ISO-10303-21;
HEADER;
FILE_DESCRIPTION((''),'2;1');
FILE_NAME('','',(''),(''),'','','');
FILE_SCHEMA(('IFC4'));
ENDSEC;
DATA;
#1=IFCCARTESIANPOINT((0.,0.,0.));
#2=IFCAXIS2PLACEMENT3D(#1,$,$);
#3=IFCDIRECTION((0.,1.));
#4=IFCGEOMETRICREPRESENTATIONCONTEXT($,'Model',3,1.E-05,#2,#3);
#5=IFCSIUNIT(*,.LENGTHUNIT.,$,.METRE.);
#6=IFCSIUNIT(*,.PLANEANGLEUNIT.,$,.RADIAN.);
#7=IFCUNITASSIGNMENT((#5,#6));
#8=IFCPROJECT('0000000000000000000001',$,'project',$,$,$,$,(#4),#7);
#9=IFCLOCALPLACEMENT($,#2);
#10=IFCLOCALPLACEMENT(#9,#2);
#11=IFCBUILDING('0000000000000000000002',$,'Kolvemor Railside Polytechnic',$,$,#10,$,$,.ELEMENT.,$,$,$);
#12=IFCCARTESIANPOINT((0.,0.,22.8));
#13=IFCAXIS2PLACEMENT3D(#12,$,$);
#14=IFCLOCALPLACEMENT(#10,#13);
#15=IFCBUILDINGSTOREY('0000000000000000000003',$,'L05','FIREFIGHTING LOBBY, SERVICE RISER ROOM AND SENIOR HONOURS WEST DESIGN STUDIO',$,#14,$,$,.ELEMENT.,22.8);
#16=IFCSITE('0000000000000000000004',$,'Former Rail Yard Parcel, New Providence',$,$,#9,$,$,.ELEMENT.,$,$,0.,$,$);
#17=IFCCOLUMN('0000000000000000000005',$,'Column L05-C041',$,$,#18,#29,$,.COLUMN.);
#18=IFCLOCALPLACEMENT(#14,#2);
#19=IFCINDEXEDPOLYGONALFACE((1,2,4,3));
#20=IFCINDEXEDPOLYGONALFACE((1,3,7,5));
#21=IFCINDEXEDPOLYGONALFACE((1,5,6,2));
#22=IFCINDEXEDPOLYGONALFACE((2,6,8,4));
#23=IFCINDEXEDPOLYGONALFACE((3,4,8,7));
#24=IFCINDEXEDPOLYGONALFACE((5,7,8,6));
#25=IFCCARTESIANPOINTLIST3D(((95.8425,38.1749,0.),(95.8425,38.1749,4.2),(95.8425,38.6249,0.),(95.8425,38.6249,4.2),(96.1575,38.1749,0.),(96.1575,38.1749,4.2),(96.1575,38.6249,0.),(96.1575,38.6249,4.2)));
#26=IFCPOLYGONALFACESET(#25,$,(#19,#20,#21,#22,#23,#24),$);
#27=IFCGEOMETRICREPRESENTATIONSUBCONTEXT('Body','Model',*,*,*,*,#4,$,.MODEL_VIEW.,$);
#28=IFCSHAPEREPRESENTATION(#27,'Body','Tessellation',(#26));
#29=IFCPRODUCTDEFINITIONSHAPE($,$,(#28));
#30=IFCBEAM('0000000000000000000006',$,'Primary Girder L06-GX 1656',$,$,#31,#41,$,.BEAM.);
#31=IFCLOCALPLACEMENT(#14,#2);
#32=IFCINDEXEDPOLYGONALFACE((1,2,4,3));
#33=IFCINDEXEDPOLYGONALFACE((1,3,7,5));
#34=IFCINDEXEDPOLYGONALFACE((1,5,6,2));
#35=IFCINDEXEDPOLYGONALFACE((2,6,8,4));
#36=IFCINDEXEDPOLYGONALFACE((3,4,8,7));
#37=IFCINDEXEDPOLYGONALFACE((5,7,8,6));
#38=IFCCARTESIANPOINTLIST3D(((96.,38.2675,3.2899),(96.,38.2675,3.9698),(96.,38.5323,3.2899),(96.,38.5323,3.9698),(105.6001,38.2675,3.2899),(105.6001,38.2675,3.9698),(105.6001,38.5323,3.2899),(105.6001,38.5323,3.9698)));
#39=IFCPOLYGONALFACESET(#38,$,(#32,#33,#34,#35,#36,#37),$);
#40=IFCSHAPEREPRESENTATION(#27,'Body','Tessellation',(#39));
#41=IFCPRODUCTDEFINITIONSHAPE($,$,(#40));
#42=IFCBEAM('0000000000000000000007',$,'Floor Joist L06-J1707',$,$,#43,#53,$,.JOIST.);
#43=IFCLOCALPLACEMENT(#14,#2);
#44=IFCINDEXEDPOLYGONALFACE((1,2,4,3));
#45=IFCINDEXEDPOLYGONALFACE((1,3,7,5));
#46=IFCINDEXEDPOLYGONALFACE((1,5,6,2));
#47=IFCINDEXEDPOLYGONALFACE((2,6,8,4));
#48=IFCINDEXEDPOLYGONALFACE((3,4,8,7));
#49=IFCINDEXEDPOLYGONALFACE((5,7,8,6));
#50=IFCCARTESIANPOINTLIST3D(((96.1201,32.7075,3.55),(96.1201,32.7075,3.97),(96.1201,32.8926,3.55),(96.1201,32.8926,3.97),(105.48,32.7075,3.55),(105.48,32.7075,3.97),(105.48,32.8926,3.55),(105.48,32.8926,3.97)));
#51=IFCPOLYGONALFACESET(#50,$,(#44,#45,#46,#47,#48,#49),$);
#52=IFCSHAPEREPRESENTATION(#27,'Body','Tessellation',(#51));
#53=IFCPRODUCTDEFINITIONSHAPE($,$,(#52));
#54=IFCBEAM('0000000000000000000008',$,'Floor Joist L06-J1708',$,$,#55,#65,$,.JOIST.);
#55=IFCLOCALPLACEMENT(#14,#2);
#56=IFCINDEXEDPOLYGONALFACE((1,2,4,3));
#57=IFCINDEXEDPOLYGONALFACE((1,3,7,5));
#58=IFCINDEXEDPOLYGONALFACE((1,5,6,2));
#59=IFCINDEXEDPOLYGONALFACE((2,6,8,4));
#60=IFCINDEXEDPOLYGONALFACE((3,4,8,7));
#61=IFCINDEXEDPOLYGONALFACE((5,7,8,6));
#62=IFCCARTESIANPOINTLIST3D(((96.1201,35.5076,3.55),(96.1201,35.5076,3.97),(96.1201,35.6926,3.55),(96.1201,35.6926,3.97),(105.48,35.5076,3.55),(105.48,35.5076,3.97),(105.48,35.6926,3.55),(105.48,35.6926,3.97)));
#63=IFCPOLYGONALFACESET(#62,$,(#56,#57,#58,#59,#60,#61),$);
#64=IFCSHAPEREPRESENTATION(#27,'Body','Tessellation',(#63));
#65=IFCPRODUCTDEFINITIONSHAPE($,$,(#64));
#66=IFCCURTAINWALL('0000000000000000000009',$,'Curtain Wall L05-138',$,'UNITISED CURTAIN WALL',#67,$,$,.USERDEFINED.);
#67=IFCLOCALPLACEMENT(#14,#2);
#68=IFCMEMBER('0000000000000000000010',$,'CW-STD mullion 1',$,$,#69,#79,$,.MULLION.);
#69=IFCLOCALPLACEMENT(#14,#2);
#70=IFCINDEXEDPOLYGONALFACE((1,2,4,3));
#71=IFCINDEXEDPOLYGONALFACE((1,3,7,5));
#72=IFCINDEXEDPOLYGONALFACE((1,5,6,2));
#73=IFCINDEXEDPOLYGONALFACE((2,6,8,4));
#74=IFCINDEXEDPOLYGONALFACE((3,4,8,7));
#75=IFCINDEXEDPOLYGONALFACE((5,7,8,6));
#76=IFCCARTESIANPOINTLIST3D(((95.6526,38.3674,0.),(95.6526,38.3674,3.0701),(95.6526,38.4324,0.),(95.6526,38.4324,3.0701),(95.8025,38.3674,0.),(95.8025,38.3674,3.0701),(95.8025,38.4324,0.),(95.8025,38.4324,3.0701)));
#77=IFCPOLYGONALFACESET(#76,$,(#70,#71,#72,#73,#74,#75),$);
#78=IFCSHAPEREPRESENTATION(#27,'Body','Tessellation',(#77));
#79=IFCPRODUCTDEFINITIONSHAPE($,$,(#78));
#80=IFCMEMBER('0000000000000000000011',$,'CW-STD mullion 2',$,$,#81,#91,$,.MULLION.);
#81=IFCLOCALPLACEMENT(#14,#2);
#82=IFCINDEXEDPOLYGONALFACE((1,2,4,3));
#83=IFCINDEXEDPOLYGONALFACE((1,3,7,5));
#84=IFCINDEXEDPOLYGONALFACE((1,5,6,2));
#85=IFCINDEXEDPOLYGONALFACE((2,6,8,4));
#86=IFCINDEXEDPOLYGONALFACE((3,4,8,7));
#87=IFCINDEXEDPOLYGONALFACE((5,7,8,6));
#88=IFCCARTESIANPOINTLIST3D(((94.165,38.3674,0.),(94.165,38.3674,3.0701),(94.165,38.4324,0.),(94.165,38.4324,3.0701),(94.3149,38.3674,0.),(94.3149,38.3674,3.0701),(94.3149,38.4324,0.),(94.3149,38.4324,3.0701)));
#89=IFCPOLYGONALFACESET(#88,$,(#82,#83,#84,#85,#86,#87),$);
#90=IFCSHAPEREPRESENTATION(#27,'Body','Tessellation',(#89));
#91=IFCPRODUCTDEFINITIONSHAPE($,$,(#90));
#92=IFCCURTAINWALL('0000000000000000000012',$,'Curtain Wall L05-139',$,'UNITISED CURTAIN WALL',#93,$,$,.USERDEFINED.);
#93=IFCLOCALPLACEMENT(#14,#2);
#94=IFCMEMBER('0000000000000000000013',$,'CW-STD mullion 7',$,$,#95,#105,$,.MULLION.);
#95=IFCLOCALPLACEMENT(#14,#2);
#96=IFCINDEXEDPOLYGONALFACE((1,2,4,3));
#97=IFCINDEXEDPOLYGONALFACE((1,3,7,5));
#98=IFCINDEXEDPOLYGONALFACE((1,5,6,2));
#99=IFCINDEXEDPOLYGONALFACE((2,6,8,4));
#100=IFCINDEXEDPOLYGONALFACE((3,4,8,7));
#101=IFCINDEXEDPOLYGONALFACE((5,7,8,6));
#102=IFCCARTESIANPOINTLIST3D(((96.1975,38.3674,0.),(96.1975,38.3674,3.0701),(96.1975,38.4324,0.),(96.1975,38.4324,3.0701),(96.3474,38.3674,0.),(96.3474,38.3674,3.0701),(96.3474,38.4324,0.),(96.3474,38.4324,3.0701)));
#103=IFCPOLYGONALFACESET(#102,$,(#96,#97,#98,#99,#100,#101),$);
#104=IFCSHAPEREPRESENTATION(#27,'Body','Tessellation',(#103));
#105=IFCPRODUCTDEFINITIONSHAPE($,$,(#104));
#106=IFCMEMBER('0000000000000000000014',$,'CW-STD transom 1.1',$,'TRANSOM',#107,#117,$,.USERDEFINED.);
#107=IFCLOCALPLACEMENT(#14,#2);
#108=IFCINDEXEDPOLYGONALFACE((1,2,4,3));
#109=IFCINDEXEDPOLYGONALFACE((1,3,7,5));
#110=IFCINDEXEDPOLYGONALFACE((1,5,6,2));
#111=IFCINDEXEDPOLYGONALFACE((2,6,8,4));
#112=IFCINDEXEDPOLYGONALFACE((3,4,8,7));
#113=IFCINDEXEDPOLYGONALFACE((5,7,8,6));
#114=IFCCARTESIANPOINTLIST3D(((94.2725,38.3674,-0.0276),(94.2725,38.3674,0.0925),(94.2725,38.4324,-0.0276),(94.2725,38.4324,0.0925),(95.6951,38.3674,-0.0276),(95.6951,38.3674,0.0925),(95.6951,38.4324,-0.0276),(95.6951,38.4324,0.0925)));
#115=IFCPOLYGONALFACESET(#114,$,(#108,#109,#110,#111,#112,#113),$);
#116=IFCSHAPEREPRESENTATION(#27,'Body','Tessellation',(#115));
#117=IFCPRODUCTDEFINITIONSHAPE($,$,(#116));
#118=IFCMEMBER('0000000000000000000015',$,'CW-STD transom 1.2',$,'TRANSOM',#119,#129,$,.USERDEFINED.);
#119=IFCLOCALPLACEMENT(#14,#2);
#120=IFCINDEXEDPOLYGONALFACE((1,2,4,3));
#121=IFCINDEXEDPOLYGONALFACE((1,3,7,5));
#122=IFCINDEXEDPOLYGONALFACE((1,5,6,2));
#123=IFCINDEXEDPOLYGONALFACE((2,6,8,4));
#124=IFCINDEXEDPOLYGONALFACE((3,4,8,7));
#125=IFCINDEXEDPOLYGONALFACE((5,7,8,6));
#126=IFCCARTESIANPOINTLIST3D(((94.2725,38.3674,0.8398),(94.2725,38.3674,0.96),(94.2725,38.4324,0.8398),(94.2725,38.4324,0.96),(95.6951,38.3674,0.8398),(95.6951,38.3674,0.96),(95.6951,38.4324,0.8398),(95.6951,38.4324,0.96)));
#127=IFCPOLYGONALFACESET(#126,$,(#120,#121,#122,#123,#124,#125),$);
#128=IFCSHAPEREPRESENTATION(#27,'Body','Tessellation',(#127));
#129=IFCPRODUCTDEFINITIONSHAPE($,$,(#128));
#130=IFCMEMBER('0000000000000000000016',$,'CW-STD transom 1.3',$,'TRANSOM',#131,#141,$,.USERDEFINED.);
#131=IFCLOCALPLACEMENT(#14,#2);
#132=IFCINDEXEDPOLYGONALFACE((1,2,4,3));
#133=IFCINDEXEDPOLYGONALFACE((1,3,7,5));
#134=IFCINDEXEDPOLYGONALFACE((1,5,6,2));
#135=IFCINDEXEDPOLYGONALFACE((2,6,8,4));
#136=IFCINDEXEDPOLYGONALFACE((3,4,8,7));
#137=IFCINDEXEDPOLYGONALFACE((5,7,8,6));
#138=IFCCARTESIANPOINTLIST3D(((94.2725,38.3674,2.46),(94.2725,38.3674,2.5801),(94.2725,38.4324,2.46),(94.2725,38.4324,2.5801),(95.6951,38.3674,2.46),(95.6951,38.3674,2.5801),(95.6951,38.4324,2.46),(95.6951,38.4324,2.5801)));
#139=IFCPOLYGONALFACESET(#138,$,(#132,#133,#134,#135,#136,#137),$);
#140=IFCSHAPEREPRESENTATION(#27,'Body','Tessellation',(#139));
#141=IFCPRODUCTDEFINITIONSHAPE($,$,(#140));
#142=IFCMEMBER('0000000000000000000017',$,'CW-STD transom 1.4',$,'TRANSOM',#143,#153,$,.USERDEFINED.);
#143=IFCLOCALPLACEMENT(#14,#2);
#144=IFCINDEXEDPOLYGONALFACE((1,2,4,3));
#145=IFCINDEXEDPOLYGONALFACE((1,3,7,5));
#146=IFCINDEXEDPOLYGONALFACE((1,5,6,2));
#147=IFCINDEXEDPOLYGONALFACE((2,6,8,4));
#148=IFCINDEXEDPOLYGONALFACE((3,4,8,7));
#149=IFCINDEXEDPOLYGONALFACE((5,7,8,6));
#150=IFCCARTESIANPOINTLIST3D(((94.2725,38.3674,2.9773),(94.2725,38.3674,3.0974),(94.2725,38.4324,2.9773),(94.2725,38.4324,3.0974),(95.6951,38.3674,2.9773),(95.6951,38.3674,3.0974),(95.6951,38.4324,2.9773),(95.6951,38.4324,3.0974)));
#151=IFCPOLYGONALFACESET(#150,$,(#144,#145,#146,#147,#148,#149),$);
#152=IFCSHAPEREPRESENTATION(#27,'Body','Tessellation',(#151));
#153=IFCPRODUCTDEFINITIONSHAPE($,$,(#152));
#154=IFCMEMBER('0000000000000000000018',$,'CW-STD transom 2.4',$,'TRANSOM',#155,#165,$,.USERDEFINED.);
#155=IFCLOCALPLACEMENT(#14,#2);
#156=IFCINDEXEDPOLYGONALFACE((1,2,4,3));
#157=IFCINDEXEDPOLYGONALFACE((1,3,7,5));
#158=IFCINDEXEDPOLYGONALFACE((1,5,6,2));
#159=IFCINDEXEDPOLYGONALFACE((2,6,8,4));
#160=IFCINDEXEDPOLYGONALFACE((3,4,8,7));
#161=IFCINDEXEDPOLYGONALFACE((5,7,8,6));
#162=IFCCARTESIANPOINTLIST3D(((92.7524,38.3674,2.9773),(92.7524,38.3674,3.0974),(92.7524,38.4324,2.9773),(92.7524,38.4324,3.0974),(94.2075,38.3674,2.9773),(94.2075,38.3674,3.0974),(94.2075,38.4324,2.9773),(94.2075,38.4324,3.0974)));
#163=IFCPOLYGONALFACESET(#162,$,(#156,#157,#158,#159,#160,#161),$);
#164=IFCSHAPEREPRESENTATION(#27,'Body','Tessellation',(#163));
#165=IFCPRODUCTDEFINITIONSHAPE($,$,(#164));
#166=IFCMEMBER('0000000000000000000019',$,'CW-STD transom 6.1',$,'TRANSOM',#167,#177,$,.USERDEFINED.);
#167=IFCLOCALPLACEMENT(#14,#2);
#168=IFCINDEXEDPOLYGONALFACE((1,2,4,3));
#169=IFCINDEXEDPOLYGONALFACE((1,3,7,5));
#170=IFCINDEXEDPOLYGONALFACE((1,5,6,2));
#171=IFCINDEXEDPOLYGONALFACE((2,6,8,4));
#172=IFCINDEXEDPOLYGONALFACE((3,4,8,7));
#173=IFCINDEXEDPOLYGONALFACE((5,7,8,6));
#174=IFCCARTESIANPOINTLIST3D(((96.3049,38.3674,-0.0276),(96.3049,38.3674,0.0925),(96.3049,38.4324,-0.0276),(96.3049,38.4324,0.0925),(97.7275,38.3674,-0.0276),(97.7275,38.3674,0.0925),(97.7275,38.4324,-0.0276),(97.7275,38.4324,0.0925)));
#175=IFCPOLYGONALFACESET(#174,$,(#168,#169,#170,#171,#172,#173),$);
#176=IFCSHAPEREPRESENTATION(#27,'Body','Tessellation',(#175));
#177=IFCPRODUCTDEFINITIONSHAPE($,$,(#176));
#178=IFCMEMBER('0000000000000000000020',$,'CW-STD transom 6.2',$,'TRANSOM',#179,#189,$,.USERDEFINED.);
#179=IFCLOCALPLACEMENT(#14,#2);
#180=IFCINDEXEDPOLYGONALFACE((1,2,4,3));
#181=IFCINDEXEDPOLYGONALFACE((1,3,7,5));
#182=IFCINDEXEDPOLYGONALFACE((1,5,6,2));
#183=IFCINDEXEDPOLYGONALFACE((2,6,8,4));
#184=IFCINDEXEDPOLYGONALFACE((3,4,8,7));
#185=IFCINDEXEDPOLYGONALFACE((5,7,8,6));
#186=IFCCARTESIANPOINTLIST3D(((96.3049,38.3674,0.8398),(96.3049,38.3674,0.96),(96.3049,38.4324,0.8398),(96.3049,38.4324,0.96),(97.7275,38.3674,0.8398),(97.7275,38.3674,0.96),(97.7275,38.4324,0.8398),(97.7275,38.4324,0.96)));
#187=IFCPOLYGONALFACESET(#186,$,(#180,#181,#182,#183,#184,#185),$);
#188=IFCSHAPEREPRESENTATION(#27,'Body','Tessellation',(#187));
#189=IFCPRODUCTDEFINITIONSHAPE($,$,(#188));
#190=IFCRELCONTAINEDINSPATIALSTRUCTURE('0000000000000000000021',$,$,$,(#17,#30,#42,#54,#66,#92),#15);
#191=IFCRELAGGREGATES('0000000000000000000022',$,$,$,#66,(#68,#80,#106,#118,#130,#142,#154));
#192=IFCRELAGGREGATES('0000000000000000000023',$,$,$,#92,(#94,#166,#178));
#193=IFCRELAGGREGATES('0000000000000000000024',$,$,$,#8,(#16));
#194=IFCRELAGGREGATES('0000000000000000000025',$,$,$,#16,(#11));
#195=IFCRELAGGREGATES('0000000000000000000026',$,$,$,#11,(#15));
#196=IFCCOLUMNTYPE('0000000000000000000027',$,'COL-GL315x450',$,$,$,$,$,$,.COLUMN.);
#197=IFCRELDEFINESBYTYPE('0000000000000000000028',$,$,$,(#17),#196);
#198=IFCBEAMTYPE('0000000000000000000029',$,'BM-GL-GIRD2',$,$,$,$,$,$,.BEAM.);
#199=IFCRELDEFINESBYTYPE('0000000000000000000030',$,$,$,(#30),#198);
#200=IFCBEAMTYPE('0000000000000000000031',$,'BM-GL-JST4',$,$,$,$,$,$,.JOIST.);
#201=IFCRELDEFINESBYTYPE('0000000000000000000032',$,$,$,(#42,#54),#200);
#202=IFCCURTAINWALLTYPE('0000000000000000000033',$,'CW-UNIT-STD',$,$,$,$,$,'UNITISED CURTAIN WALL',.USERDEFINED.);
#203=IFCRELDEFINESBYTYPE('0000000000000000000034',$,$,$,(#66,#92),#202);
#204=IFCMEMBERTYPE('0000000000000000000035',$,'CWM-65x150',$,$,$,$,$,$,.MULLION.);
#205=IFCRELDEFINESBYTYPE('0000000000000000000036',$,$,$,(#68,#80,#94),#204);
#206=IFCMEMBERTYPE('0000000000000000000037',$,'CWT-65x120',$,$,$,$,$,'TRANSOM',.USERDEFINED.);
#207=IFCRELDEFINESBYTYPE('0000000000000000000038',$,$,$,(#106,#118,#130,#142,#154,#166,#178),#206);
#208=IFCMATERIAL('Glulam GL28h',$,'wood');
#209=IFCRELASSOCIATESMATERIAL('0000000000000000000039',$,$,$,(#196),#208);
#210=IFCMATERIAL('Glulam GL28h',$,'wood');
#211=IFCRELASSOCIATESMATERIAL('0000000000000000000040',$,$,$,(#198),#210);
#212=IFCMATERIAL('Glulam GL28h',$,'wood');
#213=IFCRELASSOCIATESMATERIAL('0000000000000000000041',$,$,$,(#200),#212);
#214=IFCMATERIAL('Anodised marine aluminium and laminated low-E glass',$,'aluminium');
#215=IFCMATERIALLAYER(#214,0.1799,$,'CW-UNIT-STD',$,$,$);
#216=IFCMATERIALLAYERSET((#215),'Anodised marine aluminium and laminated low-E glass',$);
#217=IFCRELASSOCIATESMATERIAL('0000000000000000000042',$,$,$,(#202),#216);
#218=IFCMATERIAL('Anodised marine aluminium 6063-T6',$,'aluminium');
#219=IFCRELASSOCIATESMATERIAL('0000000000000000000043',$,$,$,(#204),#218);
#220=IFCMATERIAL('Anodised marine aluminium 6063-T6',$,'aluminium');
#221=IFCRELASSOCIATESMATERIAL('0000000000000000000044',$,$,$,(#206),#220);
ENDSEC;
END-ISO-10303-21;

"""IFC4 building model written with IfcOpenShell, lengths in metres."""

from ifc_helpers import new_model, si_unit, direction, frame, origin, origin_2d, place, context, subcontext, project, spatial, rectangle, extrude, material, layer, layer_set, material_profile, profile_set, type_object, element, aggregate, save


model = new_model("IFC4")

# Units and contexts
model_context = context("Model", 3, precision=1e-05, world=origin(), true_north=direction((0.0, 1.0)))
body_context = subcontext(model_context, "Body", "Model", "MODEL_VIEW")
ifc_project = project(units=[si_unit("LENGTHUNIT", "METRE"), si_unit("PLANEANGLEUNIT", "RADIAN")], contexts=[model_context])

# Site, building, storey
site_placement = place(None, origin())
site = spatial("IfcSite", under=ifc_project, at=site_placement, Name="Former Rail Yard Parcel, New Providence", CompositionType="ELEMENT", RefElevation=0.0)
building_placement = place(site_placement, origin())
building = spatial("IfcBuilding", under=site, at=building_placement, Name="Kolvemor Railside Polytechnic", CompositionType="ELEMENT")
storey_placement = place(building_placement, frame((0.0, 0.0, 22.8)))
storey = spatial("IfcBuildingStorey", under=building, at=storey_placement, Name="L05", Description="FIREFIGHTING LOBBY, SERVICE RISER ROOM AND SENIOR HONOURS WEST DESIGN STUDIO", CompositionType="ELEMENT", Elevation=22.8)

# Column
ifc_material_1 = material(Name="Glulam GL28h", Category="wood")
ifc_material_profile_1 = material_profile(ifc_material_1, rectangle(XDim=0.3149, YDim=0.45, at=origin_2d()), Name="GL315x450")
ifc_profile_set_1 = profile_set([ifc_material_profile_1], Name="Glulam GL28h")
column_type = type_object("IfcColumnType", Name="COL-GL315x450", PredefinedType="COLUMN", material=ifc_profile_set_1)
column_placement = place(storey_placement, frame((96.0, 38.3999, 0.0), z_axis=(0.0, 0.0, 1.0), x_axis=(1.0, 0.0, 0.0)))
element("IfcColumn", 1, at=column_placement, inside=storey, type_object=column_type, Name="Column L05-C041", PredefinedType="COLUMN", context=body_context, shape_type="SweptSolid", body=[
    extrude(rectangle(XDim=0.3149, YDim=0.45, at=origin_2d()), origin(), (0.0, 0.0, 1.0), 4.2),
])

# Beams
ifc_material_2 = material(Name="Glulam GL28h", Category="wood")
ifc_material_profile_2 = material_profile(ifc_material_2, rectangle(XDim=0.2649, YDim=0.6799, at=origin_2d()), Name="GL265x680")
ifc_profile_set_2 = profile_set([ifc_material_profile_2], Name="Glulam GL28h")
beam_type_1 = type_object("IfcBeamType", Name="BM-GL-GIRD2", PredefinedType="BEAM", material=ifc_profile_set_2)
beam_placement = place(storey_placement, frame((96.0, 38.3999, 3.6299), z_axis=(1.0, 0.0, 0.0), x_axis=(0.0, 1.0, 0.0)))
element("IfcBeam", 2, at=beam_placement, inside=storey, type_object=beam_type_1, Name="Primary Girder L06-GX 1656", PredefinedType="BEAM", context=body_context, shape_type="SweptSolid", body=[
    extrude(rectangle(XDim=0.2649, YDim=0.6799, at=origin_2d()), origin(), (0.0, 0.0, 1.0), 9.6001),
])
ifc_material_3 = material(Name="Glulam GL28h", Category="wood")
ifc_material_profile_3 = material_profile(ifc_material_3, rectangle(XDim=0.1851, YDim=0.4199, at=origin_2d()), Name="GL185x420")
ifc_profile_set_3 = profile_set([ifc_material_profile_3], Name="Glulam GL28h")
beam_type_2 = type_object("IfcBeamType", Name="BM-GL-JST4", PredefinedType="JOIST", material=ifc_profile_set_3)
for number, where, z_axis, x_axis, name in (
    (3, (96.1201, 32.8, 3.76), (1.0, 0.0, 0.0), (0.0, 1.0, 0.0), "Floor Joist L06-J1707"),
    (4, (96.1201, 35.6001, 3.76), (1.0, 0.0, 0.0), (0.0, 1.0, 0.0), "Floor Joist L06-J1708"),
):
    element("IfcBeam", number, at=place(storey_placement, frame(where, z_axis=z_axis, x_axis=x_axis)), inside=storey, type_object=beam_type_2, Name=name, PredefinedType="JOIST", context=body_context, shape_type="SweptSolid", body=[
        extrude(rectangle(XDim=0.1851, YDim=0.4199, at=origin_2d()), origin(), (0.0, 0.0, 1.0), 9.3599),
    ])

# Curtain wall, members
ifc_material_4 = material(Name="Anodised marine aluminium and laminated low-E glass", Category="aluminium")
ifc_layer_1 = layer(ifc_material_4, 0.1799, Name="CW-UNIT-STD")
ifc_layer_set_1 = layer_set([ifc_layer_1], Name="Anodised marine aluminium and laminated low-E glass")
curtain_wall_type = type_object("IfcCurtainWallType", Name="CW-UNIT-STD", ElementType="UNITISED CURTAIN WALL", PredefinedType="USERDEFINED", material=ifc_layer_set_1)
curtain_wall_1_placement = place(storey_placement, origin())
curtain_wall_1 = element("IfcCurtainWall", 5, at=curtain_wall_1_placement, inside=storey, type_object=curtain_wall_type, Name="Curtain Wall L05-138", ObjectType="UNITISED CURTAIN WALL", PredefinedType="USERDEFINED")
ifc_material_5 = material(Name="Anodised marine aluminium 6063-T6", Category="aluminium")
ifc_material_profile_4 = material_profile(ifc_material_5, rectangle(XDim=0.0649, YDim=0.1499, at=origin_2d()), Name="CW-MUL-65x150")
ifc_profile_set_4 = profile_set([ifc_material_profile_4], Name="Anodised marine aluminium 6063-T6")
member_type_1 = type_object("IfcMemberType", Name="CWM-65x150", PredefinedType="MULLION", material=ifc_profile_set_4)
member_1_placement = place(storey_placement, frame((95.7275, 38.3999, 0.0), z_axis=(0.0, 0.0, 1.0), x_axis=(0.0, -1.0, 0.0)))
member_1 = element("IfcMember", 6, at=member_1_placement, type_object=member_type_1, Name="CW-STD mullion 1", PredefinedType="MULLION", context=body_context, shape_type="SweptSolid", body=[
    extrude(rectangle(XDim=0.0649, YDim=0.1499, at=origin_2d()), origin(), (0.0, 0.0, 1.0), 3.0701),
])
member_2_placement = place(storey_placement, frame((94.24, 38.3999, 0.0), z_axis=(0.0, 0.0, 1.0), x_axis=(0.0, -1.0, 0.0)))
member_2 = element("IfcMember", 7, at=member_2_placement, type_object=member_type_1, Name="CW-STD mullion 2", PredefinedType="MULLION", context=body_context, shape_type="SweptSolid", body=[
    extrude(rectangle(XDim=0.0649, YDim=0.1499, at=origin_2d()), origin(), (0.0, 0.0, 1.0), 3.0701),
])

# Curtain wall, member
curtain_wall_2_placement = place(storey_placement, origin())
curtain_wall_2 = element("IfcCurtainWall", 8, at=curtain_wall_2_placement, inside=storey, type_object=curtain_wall_type, Name="Curtain Wall L05-139", ObjectType="UNITISED CURTAIN WALL", PredefinedType="USERDEFINED")
member_3_placement = place(storey_placement, frame((96.2725, 38.3999, 0.0), z_axis=(0.0, 0.0, 1.0), x_axis=(0.0, -1.0, 0.0)))
member_3 = element("IfcMember", 9, at=member_3_placement, type_object=member_type_1, Name="CW-STD mullion 7", PredefinedType="MULLION", context=body_context, shape_type="SweptSolid", body=[
    extrude(rectangle(XDim=0.0649, YDim=0.1499, at=origin_2d()), origin(), (0.0, 0.0, 1.0), 3.0701),
])

# Members
ifc_material_6 = material(Name="Anodised marine aluminium 6063-T6", Category="aluminium")
ifc_material_profile_5 = material_profile(ifc_material_6, rectangle(XDim=0.0649, YDim=0.1201, at=origin_2d()), Name="CW-TRN-65x120")
ifc_profile_set_5 = profile_set([ifc_material_profile_5], Name="Anodised marine aluminium 6063-T6")
member_type_2 = type_object("IfcMemberType", Name="CWT-65x120", ElementType="TRANSOM", PredefinedType="USERDEFINED", material=ifc_profile_set_5)
member_4_placement = place(storey_placement, frame((95.6951, 38.3999, 0.0325), z_axis=(-1.0, 0.0, 0.0), x_axis=(0.0, -1.0, 0.0)))
member_4 = element("IfcMember", 10, at=member_4_placement, type_object=member_type_2, Name="CW-STD transom 1.1", ObjectType="TRANSOM", PredefinedType="USERDEFINED", context=body_context, shape_type="SweptSolid", body=[
    extrude(rectangle(XDim=0.0649, YDim=0.1201, at=origin_2d()), origin(), (0.0, 0.0, 1.0), 1.4226),
])
member_5_placement = place(storey_placement, frame((95.6951, 38.3999, 0.8999), z_axis=(-1.0, 0.0, 0.0), x_axis=(0.0, -1.0, 0.0)))
member_5 = element("IfcMember", 11, at=member_5_placement, type_object=member_type_2, Name="CW-STD transom 1.2", ObjectType="TRANSOM", PredefinedType="USERDEFINED", context=body_context, shape_type="SweptSolid", body=[
    extrude(rectangle(XDim=0.0649, YDim=0.1201, at=origin_2d()), origin(), (0.0, 0.0, 1.0), 1.4226),
])
member_6_placement = place(storey_placement, frame((95.6951, 38.3999, 2.52), z_axis=(-1.0, 0.0, 0.0), x_axis=(0.0, -1.0, 0.0)))
member_6 = element("IfcMember", 12, at=member_6_placement, type_object=member_type_2, Name="CW-STD transom 1.3", ObjectType="TRANSOM", PredefinedType="USERDEFINED", context=body_context, shape_type="SweptSolid", body=[
    extrude(rectangle(XDim=0.0649, YDim=0.1201, at=origin_2d()), origin(), (0.0, 0.0, 1.0), 1.4226),
])
member_7_placement = place(storey_placement, frame((95.6951, 38.3999, 3.0374), z_axis=(-1.0, 0.0, 0.0), x_axis=(0.0, -1.0, 0.0)))
member_7 = element("IfcMember", 13, at=member_7_placement, type_object=member_type_2, Name="CW-STD transom 1.4", ObjectType="TRANSOM", PredefinedType="USERDEFINED", context=body_context, shape_type="SweptSolid", body=[
    extrude(rectangle(XDim=0.0649, YDim=0.1201, at=origin_2d()), origin(), (0.0, 0.0, 1.0), 1.4226),
])
member_8_placement = place(storey_placement, frame((94.2075, 38.3999, 3.0374), z_axis=(-1.0, 0.0, 0.0), x_axis=(0.0, -1.0, 0.0)))
member_8 = element("IfcMember", 14, at=member_8_placement, type_object=member_type_2, Name="CW-STD transom 2.4", ObjectType="TRANSOM", PredefinedType="USERDEFINED", context=body_context, shape_type="SweptSolid", body=[
    extrude(rectangle(XDim=0.0649, YDim=0.1201, at=origin_2d()), origin(), (0.0, 0.0, 1.0), 1.4551),
])
member_9_placement = place(storey_placement, frame((97.7275, 38.3999, 0.0325), z_axis=(-1.0, 0.0, 0.0), x_axis=(0.0, -1.0, 0.0)))
member_9 = element("IfcMember", 15, at=member_9_placement, type_object=member_type_2, Name="CW-STD transom 6.1", ObjectType="TRANSOM", PredefinedType="USERDEFINED", context=body_context, shape_type="SweptSolid", body=[
    extrude(rectangle(XDim=0.0649, YDim=0.1201, at=origin_2d()), origin(), (0.0, 0.0, 1.0), 1.4226),
])
member_10_placement = place(storey_placement, frame((97.7275, 38.3999, 0.8999), z_axis=(-1.0, 0.0, 0.0), x_axis=(0.0, -1.0, 0.0)))
member_10 = element("IfcMember", 16, at=member_10_placement, type_object=member_type_2, Name="CW-STD transom 6.2", ObjectType="TRANSOM", PredefinedType="USERDEFINED", context=body_context, shape_type="SweptSolid", body=[
    extrude(rectangle(XDim=0.0649, YDim=0.1201, at=origin_2d()), origin(), (0.0, 0.0, 1.0), 1.4226),
])

aggregate(curtain_wall_1, [member_1, member_2, member_4, member_5, member_6, member_7, member_8])
aggregate(curtain_wall_2, [member_3, member_9, member_10])

save(model, "model.ifc")
